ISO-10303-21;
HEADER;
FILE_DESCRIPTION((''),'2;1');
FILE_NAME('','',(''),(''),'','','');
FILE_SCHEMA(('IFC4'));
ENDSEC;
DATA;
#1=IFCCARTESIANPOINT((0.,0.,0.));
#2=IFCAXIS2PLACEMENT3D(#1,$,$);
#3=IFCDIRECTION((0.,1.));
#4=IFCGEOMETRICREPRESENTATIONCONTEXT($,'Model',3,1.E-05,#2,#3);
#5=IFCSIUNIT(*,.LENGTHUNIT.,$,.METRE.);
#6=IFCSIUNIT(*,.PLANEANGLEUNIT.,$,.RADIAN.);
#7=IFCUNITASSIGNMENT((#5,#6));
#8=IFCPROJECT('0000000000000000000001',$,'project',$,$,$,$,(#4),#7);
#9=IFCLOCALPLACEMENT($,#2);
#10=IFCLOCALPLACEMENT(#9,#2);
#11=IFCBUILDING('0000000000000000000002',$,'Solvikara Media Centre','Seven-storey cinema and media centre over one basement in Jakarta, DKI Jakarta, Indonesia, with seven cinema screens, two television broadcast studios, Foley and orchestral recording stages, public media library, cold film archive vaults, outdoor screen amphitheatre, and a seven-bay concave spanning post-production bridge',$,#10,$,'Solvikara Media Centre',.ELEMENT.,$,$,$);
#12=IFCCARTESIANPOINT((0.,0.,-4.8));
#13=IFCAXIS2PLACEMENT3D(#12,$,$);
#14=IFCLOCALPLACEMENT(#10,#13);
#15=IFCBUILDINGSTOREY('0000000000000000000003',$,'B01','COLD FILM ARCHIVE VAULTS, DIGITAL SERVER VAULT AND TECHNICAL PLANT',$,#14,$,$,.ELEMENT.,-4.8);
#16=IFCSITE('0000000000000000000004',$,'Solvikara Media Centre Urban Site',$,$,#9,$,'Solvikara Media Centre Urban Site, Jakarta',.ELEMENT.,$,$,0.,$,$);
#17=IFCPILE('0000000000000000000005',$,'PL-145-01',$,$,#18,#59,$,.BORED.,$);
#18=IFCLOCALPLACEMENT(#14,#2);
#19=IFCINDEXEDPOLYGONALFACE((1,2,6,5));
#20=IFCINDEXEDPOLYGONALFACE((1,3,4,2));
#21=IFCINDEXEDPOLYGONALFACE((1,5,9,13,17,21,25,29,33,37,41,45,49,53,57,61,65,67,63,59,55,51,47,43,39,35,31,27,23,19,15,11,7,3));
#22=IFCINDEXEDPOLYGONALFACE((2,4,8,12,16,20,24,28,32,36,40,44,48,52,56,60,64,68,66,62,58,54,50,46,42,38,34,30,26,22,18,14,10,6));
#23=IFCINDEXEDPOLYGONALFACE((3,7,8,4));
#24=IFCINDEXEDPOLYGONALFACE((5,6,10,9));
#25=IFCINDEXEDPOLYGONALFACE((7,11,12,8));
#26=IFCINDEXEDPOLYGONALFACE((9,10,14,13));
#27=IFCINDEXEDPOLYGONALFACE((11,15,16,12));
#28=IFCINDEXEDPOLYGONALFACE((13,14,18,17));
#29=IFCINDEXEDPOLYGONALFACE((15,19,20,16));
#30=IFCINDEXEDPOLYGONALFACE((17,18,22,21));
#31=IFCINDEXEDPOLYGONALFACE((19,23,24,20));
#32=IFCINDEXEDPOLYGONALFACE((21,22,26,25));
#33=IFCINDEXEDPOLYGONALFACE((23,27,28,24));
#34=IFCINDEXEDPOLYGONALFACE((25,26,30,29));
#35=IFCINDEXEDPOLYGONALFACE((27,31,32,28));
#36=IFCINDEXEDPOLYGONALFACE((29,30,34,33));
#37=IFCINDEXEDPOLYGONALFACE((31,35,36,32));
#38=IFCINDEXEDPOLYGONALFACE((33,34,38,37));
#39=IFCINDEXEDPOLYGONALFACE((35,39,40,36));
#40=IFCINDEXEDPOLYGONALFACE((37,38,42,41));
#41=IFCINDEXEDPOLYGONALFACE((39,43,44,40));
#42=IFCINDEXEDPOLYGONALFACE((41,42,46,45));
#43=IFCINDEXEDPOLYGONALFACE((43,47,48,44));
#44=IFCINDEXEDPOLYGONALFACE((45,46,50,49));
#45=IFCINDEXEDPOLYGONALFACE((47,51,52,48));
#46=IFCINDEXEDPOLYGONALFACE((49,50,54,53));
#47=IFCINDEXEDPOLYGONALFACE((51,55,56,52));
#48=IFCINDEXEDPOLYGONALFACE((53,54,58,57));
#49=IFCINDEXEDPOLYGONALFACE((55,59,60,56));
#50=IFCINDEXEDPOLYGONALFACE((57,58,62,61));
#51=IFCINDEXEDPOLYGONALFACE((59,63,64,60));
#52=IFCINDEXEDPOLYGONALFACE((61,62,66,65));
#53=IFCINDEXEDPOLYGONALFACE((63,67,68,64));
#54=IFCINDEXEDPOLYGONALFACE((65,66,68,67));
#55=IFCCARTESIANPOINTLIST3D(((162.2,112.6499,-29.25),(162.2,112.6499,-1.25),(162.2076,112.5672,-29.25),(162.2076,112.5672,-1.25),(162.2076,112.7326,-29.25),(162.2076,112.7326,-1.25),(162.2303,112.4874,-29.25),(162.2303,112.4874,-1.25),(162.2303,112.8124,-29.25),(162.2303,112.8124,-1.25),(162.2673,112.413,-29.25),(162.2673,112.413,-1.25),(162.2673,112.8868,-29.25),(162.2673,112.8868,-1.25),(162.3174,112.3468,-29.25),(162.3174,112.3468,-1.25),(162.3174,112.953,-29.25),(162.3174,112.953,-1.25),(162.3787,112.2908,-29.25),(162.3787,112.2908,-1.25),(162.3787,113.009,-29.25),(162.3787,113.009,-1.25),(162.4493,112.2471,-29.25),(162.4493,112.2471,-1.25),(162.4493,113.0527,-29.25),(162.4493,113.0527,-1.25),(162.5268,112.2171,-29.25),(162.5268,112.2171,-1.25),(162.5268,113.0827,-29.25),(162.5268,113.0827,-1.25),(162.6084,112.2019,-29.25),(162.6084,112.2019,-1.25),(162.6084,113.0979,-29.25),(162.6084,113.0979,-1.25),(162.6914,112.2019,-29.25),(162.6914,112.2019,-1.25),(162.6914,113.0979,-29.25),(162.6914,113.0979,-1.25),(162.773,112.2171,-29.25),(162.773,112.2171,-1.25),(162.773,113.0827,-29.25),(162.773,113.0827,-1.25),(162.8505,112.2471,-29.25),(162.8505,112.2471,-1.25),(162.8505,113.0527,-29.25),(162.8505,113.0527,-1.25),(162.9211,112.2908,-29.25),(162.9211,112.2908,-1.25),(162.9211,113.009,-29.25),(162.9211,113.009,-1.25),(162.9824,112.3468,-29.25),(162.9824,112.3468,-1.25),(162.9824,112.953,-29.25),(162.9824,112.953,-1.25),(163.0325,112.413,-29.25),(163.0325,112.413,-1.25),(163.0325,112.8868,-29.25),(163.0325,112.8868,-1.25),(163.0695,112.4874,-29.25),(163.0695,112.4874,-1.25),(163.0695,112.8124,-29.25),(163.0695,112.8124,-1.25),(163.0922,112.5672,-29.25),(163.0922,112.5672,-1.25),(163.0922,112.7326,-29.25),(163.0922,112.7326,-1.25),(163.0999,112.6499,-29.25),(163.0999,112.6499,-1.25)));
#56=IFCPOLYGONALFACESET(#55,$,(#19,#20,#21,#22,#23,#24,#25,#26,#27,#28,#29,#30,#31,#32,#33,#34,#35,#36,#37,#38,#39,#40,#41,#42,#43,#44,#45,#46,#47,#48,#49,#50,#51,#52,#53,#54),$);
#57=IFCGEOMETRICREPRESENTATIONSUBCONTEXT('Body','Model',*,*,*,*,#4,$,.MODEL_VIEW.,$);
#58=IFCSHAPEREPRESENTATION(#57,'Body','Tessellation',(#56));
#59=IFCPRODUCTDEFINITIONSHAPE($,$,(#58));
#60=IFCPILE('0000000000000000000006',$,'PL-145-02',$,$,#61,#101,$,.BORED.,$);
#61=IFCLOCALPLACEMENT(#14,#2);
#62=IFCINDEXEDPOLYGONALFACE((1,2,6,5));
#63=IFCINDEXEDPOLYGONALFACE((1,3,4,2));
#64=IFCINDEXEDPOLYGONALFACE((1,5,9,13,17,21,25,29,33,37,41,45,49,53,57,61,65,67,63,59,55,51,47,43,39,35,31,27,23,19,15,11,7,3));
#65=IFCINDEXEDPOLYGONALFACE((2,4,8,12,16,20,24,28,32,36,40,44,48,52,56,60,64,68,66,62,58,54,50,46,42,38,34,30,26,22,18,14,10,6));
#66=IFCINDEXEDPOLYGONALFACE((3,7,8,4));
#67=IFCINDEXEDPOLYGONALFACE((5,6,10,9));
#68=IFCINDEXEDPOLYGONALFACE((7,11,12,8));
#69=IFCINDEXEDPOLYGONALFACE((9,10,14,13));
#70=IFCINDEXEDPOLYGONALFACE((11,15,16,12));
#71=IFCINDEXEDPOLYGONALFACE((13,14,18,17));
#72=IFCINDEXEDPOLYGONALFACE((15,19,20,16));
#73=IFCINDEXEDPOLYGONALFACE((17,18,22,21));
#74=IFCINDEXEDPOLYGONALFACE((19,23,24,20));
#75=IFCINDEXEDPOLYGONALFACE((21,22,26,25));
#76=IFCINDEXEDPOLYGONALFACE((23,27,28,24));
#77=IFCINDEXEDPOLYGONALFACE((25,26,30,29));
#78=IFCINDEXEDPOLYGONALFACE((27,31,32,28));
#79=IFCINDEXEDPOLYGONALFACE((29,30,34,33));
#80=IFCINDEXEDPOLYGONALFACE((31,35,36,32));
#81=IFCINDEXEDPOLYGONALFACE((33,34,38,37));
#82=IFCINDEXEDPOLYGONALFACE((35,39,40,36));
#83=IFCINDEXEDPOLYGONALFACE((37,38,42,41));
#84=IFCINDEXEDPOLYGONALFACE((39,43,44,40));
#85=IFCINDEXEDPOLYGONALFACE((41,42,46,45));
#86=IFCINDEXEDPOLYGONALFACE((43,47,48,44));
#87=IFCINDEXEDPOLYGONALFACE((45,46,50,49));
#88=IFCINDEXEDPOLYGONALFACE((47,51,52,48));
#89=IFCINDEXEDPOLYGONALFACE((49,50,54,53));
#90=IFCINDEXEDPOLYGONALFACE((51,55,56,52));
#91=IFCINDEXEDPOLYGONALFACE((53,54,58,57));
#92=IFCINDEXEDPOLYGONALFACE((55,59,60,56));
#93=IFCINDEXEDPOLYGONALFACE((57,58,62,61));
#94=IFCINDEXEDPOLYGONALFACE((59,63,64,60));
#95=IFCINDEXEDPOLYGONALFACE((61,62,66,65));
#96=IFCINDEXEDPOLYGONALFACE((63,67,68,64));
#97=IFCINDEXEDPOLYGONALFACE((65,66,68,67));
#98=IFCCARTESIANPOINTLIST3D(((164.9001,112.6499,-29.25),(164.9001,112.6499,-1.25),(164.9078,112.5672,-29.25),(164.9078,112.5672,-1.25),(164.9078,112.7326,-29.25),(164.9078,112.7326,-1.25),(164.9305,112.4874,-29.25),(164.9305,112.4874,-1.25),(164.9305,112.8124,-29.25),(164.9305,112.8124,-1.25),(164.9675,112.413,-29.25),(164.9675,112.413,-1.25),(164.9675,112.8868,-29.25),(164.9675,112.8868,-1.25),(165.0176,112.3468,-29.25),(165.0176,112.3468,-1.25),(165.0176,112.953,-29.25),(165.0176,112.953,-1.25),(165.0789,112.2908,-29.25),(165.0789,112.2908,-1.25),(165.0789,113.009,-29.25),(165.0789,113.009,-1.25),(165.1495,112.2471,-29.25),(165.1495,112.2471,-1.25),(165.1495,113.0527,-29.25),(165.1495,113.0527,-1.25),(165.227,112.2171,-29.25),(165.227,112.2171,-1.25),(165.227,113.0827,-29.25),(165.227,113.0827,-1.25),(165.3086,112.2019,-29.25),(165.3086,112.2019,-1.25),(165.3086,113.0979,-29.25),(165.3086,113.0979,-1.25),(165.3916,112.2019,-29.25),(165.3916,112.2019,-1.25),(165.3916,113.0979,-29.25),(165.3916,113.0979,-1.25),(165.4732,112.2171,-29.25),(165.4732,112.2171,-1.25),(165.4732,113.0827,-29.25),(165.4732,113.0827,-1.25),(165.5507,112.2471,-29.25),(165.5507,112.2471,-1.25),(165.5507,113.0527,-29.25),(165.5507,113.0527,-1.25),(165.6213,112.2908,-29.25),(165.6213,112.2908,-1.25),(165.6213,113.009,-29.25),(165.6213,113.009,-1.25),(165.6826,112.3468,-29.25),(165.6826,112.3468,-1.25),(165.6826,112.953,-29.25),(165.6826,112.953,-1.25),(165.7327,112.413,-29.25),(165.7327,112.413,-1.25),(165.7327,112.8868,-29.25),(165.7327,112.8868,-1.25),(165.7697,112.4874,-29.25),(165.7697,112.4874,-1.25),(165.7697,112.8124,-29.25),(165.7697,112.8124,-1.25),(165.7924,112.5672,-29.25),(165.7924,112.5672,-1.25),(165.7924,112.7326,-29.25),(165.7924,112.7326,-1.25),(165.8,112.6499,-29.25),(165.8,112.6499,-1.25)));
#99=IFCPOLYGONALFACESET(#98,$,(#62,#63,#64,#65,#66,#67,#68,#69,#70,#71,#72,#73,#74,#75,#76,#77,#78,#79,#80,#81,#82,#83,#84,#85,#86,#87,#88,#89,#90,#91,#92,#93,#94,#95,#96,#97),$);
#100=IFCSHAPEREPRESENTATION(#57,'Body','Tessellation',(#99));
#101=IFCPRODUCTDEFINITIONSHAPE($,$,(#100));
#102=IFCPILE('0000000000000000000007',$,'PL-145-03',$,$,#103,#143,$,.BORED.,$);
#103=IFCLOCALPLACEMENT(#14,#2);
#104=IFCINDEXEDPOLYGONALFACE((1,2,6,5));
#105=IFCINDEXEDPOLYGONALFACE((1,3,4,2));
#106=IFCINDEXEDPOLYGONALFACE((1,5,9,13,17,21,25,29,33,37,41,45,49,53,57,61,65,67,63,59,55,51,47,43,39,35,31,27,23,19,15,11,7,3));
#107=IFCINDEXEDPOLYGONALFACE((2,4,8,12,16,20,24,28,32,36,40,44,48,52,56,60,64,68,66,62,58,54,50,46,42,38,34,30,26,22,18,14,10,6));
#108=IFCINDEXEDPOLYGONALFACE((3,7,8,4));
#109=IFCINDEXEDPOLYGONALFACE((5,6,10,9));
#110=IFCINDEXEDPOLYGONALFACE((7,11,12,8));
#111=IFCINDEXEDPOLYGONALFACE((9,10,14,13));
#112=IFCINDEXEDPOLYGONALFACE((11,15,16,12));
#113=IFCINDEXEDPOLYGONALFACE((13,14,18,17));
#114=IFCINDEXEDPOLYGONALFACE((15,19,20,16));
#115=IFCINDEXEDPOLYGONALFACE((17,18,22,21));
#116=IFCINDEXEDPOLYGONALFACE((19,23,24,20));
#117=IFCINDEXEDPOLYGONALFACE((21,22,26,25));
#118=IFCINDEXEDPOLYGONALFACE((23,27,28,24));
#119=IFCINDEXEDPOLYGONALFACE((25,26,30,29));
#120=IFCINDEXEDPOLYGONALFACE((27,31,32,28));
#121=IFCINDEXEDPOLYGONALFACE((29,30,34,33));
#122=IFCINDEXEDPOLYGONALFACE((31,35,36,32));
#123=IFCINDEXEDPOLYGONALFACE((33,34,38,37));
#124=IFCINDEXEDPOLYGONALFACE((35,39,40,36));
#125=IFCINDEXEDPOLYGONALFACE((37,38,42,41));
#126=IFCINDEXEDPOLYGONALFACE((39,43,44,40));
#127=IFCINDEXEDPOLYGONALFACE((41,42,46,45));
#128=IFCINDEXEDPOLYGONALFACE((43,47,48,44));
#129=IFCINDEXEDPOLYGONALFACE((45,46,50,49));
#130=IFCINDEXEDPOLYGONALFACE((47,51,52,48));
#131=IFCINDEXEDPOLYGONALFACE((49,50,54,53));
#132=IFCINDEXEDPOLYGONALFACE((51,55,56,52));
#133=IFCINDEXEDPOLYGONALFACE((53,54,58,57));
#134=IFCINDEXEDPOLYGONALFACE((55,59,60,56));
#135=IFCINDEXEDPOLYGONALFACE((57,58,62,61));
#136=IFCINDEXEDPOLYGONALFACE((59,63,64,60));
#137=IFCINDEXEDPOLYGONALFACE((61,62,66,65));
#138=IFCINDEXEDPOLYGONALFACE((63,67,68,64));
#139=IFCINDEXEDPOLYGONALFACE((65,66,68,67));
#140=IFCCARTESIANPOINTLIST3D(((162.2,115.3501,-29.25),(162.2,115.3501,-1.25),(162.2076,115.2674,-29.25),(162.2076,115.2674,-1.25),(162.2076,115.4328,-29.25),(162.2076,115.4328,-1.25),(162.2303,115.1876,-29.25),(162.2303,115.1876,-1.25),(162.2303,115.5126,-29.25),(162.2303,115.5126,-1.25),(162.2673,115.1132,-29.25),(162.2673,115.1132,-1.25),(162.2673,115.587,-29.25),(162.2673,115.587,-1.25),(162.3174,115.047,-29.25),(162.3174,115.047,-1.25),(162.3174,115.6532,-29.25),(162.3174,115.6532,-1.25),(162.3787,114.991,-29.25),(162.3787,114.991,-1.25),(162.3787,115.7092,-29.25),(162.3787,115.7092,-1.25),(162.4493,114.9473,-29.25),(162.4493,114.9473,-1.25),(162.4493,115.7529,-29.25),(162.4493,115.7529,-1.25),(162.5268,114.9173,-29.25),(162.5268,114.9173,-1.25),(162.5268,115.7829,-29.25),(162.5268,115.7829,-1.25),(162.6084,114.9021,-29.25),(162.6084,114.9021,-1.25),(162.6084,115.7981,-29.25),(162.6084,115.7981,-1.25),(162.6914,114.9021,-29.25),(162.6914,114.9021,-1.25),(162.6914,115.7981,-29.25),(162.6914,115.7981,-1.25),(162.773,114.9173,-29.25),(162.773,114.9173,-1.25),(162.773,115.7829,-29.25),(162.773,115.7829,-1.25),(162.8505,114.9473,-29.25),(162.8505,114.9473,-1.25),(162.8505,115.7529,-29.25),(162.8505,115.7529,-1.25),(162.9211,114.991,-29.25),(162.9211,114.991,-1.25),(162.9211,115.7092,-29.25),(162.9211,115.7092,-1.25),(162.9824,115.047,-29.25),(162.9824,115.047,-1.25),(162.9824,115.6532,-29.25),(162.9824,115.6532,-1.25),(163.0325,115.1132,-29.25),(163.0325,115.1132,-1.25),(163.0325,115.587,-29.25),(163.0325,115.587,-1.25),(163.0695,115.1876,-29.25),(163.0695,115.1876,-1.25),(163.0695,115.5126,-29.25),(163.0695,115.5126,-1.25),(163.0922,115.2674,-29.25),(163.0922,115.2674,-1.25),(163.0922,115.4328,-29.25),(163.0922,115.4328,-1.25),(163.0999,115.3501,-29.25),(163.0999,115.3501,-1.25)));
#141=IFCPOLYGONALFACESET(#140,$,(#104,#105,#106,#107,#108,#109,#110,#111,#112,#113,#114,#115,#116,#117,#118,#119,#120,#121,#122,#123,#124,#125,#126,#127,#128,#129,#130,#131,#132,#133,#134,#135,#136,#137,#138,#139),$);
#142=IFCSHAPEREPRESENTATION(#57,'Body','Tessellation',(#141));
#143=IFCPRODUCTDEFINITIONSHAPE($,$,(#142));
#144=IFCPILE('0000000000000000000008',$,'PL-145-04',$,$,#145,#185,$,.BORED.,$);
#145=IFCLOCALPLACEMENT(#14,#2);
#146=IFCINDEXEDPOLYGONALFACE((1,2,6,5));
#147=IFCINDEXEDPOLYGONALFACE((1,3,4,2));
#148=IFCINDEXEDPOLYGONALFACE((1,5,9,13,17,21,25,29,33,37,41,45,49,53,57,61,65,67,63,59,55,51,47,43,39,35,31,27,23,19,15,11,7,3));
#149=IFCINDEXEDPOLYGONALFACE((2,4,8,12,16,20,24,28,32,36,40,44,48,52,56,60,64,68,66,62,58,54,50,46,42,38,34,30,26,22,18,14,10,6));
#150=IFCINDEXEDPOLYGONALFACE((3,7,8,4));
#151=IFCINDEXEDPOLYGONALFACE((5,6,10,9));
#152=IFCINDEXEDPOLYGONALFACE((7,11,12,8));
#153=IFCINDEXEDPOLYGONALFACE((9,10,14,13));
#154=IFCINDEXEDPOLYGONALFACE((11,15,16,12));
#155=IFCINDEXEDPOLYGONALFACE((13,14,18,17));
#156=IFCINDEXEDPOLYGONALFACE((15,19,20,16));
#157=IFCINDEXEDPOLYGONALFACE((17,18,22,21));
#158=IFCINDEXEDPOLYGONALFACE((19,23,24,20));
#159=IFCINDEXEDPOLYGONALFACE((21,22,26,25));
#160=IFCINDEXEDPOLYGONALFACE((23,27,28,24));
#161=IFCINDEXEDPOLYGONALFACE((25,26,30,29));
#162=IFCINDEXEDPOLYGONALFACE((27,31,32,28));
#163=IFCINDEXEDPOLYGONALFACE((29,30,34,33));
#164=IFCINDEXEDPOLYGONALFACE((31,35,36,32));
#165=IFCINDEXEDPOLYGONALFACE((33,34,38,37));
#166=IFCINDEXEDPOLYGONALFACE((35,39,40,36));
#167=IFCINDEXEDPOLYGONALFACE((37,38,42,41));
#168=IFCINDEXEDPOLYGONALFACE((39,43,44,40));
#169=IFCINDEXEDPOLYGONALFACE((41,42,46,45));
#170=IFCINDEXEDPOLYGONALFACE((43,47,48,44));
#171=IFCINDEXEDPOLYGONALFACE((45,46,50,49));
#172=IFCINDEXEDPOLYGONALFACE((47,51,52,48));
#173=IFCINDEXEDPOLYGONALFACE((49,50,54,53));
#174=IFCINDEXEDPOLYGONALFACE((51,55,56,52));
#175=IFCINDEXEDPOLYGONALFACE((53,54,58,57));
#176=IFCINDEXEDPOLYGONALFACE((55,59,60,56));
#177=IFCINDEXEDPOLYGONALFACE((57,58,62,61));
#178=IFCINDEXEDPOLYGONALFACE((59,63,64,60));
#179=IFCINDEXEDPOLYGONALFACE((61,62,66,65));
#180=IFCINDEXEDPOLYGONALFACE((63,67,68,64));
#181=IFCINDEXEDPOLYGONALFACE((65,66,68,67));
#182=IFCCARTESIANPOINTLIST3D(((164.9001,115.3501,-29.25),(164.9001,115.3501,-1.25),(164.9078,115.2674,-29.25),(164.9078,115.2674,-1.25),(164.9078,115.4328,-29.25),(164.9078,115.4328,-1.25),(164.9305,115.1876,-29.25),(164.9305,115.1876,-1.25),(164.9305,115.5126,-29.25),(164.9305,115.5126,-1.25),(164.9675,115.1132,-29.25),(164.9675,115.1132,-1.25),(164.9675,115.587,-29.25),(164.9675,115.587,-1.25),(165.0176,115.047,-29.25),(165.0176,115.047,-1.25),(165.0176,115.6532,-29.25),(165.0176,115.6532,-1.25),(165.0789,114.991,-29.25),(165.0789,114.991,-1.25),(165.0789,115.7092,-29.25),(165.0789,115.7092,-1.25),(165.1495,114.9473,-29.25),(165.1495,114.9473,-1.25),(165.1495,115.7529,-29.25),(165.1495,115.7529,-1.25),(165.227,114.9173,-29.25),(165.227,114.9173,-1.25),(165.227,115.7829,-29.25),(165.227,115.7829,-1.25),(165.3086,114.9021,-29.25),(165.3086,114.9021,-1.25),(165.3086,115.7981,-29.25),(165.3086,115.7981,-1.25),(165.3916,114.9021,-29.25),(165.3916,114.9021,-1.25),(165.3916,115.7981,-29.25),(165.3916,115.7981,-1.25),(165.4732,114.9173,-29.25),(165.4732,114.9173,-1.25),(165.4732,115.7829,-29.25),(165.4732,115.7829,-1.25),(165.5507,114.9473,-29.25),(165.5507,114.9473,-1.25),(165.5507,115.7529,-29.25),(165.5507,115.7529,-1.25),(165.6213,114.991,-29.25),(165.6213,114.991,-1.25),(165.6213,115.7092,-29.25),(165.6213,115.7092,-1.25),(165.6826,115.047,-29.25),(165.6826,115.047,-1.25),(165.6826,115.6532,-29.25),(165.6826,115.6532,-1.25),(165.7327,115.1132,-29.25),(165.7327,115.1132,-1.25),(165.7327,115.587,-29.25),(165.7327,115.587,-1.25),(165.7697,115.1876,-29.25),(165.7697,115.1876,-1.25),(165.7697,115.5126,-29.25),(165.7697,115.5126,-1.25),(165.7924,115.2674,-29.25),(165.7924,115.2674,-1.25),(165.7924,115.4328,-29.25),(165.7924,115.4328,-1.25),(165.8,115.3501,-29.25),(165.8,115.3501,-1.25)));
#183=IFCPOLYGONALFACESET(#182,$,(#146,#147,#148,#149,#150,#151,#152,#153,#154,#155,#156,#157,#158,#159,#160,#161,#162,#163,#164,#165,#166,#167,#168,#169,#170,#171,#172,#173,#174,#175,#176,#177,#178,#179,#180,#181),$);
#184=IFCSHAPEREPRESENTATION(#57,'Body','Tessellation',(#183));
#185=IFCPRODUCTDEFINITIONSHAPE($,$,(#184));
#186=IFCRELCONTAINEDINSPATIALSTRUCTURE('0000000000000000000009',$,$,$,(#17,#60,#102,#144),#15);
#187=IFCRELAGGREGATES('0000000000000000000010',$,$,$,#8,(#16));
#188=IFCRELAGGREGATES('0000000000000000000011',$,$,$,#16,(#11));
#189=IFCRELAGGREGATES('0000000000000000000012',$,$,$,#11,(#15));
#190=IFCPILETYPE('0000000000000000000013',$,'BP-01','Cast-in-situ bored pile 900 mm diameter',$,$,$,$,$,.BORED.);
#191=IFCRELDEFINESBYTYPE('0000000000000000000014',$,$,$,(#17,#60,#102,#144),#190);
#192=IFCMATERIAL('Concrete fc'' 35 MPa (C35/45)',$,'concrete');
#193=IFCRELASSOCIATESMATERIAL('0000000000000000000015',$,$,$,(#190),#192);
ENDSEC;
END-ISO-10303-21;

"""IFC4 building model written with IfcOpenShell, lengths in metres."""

from ifc_helpers import new_model, si_unit, direction, frame, origin, origin_2d, place, context, subcontext, project, spatial, circle, extrude, material, material_profile, profile_set, type_object, element, save


model = new_model("IFC4")

# Units and contexts
model_context = context("Model", 3, precision=1e-05, world=origin(), true_north=direction((0.0, 1.0)))
body_context = subcontext(model_context, "Body", "Model", "MODEL_VIEW")
ifc_project = project(units=[si_unit("LENGTHUNIT", "METRE"), si_unit("PLANEANGLEUNIT", "RADIAN")], contexts=[model_context])

# Site, building, storey
site_placement = place(None, origin())
site = spatial("IfcSite", under=ifc_project, at=site_placement, Name="Solvikara Media Centre Urban Site", LongName="Solvikara Media Centre Urban Site, Jakarta", CompositionType="ELEMENT", RefElevation=0.0)
building_placement = place(site_placement, origin())
building = spatial("IfcBuilding", under=site, at=building_placement, Name="Solvikara Media Centre", Description="Seven-storey cinema and media centre over one basement in Jakarta, DKI Jakarta, Indonesia, with seven cinema screens, two television broadcast studios, Foley and orchestral recording stages, public media library, cold film archive vaults, outdoor screen amphitheatre, and a seven-bay concave spanning post-production bridge", LongName="Solvikara Media Centre", CompositionType="ELEMENT")
storey_placement = place(building_placement, frame((0.0, 0.0, -4.8)))
storey = spatial("IfcBuildingStorey", under=building, at=storey_placement, Name="B01", Description="COLD FILM ARCHIVE VAULTS, DIGITAL SERVER VAULT AND TECHNICAL PLANT", CompositionType="ELEMENT", Elevation=-4.8)

# Piles
ifc_material_1 = material(Name="Concrete fc' 35 MPa (C35/45)", Category="concrete")
ifc_material_profile_1 = material_profile(ifc_material_1, circle(Radius=0.45, at=origin_2d()), Name="BORED PILE D900")
ifc_profile_set_1 = profile_set([ifc_material_profile_1], Name="Concrete fc' 35 MPa (C35/45)")
pile_type_1 = type_object("IfcPileType", Name="BP-01", Description="Cast-in-situ bored pile 900 mm diameter", PredefinedType="BORED", material=ifc_profile_set_1)
for number, where, z_axis, x_axis, name in (
    (1, (162.6499, 112.6499, -1.25), (0.0, 0.0, -1.0), (1.0, 0.0, 0.0), "PL-145-01"),
    (2, (165.3501, 112.6499, -1.25), (0.0, 0.0, -1.0), (1.0, 0.0, 0.0), "PL-145-02"),
    (3, (162.6499, 115.3501, -1.25), (0.0, 0.0, -1.0), (1.0, 0.0, 0.0), "PL-145-03"),
    (4, (165.3501, 115.3501, -1.25), (0.0, 0.0, -1.0), (1.0, 0.0, 0.0), "PL-145-04"),
):
    element("IfcPile", number, at=place(storey_placement, frame(where, z_axis=z_axis, x_axis=x_axis)), inside=storey, type_object=pile_type_1, Name=name, PredefinedType="BORED", context=body_context, shape_type="SweptSolid", body=[
        extrude(circle(Radius=0.45, at=origin_2d()), origin(), (0.0, 0.0, 1.0), 28.0),
    ])

save(model, "model.ifc")
